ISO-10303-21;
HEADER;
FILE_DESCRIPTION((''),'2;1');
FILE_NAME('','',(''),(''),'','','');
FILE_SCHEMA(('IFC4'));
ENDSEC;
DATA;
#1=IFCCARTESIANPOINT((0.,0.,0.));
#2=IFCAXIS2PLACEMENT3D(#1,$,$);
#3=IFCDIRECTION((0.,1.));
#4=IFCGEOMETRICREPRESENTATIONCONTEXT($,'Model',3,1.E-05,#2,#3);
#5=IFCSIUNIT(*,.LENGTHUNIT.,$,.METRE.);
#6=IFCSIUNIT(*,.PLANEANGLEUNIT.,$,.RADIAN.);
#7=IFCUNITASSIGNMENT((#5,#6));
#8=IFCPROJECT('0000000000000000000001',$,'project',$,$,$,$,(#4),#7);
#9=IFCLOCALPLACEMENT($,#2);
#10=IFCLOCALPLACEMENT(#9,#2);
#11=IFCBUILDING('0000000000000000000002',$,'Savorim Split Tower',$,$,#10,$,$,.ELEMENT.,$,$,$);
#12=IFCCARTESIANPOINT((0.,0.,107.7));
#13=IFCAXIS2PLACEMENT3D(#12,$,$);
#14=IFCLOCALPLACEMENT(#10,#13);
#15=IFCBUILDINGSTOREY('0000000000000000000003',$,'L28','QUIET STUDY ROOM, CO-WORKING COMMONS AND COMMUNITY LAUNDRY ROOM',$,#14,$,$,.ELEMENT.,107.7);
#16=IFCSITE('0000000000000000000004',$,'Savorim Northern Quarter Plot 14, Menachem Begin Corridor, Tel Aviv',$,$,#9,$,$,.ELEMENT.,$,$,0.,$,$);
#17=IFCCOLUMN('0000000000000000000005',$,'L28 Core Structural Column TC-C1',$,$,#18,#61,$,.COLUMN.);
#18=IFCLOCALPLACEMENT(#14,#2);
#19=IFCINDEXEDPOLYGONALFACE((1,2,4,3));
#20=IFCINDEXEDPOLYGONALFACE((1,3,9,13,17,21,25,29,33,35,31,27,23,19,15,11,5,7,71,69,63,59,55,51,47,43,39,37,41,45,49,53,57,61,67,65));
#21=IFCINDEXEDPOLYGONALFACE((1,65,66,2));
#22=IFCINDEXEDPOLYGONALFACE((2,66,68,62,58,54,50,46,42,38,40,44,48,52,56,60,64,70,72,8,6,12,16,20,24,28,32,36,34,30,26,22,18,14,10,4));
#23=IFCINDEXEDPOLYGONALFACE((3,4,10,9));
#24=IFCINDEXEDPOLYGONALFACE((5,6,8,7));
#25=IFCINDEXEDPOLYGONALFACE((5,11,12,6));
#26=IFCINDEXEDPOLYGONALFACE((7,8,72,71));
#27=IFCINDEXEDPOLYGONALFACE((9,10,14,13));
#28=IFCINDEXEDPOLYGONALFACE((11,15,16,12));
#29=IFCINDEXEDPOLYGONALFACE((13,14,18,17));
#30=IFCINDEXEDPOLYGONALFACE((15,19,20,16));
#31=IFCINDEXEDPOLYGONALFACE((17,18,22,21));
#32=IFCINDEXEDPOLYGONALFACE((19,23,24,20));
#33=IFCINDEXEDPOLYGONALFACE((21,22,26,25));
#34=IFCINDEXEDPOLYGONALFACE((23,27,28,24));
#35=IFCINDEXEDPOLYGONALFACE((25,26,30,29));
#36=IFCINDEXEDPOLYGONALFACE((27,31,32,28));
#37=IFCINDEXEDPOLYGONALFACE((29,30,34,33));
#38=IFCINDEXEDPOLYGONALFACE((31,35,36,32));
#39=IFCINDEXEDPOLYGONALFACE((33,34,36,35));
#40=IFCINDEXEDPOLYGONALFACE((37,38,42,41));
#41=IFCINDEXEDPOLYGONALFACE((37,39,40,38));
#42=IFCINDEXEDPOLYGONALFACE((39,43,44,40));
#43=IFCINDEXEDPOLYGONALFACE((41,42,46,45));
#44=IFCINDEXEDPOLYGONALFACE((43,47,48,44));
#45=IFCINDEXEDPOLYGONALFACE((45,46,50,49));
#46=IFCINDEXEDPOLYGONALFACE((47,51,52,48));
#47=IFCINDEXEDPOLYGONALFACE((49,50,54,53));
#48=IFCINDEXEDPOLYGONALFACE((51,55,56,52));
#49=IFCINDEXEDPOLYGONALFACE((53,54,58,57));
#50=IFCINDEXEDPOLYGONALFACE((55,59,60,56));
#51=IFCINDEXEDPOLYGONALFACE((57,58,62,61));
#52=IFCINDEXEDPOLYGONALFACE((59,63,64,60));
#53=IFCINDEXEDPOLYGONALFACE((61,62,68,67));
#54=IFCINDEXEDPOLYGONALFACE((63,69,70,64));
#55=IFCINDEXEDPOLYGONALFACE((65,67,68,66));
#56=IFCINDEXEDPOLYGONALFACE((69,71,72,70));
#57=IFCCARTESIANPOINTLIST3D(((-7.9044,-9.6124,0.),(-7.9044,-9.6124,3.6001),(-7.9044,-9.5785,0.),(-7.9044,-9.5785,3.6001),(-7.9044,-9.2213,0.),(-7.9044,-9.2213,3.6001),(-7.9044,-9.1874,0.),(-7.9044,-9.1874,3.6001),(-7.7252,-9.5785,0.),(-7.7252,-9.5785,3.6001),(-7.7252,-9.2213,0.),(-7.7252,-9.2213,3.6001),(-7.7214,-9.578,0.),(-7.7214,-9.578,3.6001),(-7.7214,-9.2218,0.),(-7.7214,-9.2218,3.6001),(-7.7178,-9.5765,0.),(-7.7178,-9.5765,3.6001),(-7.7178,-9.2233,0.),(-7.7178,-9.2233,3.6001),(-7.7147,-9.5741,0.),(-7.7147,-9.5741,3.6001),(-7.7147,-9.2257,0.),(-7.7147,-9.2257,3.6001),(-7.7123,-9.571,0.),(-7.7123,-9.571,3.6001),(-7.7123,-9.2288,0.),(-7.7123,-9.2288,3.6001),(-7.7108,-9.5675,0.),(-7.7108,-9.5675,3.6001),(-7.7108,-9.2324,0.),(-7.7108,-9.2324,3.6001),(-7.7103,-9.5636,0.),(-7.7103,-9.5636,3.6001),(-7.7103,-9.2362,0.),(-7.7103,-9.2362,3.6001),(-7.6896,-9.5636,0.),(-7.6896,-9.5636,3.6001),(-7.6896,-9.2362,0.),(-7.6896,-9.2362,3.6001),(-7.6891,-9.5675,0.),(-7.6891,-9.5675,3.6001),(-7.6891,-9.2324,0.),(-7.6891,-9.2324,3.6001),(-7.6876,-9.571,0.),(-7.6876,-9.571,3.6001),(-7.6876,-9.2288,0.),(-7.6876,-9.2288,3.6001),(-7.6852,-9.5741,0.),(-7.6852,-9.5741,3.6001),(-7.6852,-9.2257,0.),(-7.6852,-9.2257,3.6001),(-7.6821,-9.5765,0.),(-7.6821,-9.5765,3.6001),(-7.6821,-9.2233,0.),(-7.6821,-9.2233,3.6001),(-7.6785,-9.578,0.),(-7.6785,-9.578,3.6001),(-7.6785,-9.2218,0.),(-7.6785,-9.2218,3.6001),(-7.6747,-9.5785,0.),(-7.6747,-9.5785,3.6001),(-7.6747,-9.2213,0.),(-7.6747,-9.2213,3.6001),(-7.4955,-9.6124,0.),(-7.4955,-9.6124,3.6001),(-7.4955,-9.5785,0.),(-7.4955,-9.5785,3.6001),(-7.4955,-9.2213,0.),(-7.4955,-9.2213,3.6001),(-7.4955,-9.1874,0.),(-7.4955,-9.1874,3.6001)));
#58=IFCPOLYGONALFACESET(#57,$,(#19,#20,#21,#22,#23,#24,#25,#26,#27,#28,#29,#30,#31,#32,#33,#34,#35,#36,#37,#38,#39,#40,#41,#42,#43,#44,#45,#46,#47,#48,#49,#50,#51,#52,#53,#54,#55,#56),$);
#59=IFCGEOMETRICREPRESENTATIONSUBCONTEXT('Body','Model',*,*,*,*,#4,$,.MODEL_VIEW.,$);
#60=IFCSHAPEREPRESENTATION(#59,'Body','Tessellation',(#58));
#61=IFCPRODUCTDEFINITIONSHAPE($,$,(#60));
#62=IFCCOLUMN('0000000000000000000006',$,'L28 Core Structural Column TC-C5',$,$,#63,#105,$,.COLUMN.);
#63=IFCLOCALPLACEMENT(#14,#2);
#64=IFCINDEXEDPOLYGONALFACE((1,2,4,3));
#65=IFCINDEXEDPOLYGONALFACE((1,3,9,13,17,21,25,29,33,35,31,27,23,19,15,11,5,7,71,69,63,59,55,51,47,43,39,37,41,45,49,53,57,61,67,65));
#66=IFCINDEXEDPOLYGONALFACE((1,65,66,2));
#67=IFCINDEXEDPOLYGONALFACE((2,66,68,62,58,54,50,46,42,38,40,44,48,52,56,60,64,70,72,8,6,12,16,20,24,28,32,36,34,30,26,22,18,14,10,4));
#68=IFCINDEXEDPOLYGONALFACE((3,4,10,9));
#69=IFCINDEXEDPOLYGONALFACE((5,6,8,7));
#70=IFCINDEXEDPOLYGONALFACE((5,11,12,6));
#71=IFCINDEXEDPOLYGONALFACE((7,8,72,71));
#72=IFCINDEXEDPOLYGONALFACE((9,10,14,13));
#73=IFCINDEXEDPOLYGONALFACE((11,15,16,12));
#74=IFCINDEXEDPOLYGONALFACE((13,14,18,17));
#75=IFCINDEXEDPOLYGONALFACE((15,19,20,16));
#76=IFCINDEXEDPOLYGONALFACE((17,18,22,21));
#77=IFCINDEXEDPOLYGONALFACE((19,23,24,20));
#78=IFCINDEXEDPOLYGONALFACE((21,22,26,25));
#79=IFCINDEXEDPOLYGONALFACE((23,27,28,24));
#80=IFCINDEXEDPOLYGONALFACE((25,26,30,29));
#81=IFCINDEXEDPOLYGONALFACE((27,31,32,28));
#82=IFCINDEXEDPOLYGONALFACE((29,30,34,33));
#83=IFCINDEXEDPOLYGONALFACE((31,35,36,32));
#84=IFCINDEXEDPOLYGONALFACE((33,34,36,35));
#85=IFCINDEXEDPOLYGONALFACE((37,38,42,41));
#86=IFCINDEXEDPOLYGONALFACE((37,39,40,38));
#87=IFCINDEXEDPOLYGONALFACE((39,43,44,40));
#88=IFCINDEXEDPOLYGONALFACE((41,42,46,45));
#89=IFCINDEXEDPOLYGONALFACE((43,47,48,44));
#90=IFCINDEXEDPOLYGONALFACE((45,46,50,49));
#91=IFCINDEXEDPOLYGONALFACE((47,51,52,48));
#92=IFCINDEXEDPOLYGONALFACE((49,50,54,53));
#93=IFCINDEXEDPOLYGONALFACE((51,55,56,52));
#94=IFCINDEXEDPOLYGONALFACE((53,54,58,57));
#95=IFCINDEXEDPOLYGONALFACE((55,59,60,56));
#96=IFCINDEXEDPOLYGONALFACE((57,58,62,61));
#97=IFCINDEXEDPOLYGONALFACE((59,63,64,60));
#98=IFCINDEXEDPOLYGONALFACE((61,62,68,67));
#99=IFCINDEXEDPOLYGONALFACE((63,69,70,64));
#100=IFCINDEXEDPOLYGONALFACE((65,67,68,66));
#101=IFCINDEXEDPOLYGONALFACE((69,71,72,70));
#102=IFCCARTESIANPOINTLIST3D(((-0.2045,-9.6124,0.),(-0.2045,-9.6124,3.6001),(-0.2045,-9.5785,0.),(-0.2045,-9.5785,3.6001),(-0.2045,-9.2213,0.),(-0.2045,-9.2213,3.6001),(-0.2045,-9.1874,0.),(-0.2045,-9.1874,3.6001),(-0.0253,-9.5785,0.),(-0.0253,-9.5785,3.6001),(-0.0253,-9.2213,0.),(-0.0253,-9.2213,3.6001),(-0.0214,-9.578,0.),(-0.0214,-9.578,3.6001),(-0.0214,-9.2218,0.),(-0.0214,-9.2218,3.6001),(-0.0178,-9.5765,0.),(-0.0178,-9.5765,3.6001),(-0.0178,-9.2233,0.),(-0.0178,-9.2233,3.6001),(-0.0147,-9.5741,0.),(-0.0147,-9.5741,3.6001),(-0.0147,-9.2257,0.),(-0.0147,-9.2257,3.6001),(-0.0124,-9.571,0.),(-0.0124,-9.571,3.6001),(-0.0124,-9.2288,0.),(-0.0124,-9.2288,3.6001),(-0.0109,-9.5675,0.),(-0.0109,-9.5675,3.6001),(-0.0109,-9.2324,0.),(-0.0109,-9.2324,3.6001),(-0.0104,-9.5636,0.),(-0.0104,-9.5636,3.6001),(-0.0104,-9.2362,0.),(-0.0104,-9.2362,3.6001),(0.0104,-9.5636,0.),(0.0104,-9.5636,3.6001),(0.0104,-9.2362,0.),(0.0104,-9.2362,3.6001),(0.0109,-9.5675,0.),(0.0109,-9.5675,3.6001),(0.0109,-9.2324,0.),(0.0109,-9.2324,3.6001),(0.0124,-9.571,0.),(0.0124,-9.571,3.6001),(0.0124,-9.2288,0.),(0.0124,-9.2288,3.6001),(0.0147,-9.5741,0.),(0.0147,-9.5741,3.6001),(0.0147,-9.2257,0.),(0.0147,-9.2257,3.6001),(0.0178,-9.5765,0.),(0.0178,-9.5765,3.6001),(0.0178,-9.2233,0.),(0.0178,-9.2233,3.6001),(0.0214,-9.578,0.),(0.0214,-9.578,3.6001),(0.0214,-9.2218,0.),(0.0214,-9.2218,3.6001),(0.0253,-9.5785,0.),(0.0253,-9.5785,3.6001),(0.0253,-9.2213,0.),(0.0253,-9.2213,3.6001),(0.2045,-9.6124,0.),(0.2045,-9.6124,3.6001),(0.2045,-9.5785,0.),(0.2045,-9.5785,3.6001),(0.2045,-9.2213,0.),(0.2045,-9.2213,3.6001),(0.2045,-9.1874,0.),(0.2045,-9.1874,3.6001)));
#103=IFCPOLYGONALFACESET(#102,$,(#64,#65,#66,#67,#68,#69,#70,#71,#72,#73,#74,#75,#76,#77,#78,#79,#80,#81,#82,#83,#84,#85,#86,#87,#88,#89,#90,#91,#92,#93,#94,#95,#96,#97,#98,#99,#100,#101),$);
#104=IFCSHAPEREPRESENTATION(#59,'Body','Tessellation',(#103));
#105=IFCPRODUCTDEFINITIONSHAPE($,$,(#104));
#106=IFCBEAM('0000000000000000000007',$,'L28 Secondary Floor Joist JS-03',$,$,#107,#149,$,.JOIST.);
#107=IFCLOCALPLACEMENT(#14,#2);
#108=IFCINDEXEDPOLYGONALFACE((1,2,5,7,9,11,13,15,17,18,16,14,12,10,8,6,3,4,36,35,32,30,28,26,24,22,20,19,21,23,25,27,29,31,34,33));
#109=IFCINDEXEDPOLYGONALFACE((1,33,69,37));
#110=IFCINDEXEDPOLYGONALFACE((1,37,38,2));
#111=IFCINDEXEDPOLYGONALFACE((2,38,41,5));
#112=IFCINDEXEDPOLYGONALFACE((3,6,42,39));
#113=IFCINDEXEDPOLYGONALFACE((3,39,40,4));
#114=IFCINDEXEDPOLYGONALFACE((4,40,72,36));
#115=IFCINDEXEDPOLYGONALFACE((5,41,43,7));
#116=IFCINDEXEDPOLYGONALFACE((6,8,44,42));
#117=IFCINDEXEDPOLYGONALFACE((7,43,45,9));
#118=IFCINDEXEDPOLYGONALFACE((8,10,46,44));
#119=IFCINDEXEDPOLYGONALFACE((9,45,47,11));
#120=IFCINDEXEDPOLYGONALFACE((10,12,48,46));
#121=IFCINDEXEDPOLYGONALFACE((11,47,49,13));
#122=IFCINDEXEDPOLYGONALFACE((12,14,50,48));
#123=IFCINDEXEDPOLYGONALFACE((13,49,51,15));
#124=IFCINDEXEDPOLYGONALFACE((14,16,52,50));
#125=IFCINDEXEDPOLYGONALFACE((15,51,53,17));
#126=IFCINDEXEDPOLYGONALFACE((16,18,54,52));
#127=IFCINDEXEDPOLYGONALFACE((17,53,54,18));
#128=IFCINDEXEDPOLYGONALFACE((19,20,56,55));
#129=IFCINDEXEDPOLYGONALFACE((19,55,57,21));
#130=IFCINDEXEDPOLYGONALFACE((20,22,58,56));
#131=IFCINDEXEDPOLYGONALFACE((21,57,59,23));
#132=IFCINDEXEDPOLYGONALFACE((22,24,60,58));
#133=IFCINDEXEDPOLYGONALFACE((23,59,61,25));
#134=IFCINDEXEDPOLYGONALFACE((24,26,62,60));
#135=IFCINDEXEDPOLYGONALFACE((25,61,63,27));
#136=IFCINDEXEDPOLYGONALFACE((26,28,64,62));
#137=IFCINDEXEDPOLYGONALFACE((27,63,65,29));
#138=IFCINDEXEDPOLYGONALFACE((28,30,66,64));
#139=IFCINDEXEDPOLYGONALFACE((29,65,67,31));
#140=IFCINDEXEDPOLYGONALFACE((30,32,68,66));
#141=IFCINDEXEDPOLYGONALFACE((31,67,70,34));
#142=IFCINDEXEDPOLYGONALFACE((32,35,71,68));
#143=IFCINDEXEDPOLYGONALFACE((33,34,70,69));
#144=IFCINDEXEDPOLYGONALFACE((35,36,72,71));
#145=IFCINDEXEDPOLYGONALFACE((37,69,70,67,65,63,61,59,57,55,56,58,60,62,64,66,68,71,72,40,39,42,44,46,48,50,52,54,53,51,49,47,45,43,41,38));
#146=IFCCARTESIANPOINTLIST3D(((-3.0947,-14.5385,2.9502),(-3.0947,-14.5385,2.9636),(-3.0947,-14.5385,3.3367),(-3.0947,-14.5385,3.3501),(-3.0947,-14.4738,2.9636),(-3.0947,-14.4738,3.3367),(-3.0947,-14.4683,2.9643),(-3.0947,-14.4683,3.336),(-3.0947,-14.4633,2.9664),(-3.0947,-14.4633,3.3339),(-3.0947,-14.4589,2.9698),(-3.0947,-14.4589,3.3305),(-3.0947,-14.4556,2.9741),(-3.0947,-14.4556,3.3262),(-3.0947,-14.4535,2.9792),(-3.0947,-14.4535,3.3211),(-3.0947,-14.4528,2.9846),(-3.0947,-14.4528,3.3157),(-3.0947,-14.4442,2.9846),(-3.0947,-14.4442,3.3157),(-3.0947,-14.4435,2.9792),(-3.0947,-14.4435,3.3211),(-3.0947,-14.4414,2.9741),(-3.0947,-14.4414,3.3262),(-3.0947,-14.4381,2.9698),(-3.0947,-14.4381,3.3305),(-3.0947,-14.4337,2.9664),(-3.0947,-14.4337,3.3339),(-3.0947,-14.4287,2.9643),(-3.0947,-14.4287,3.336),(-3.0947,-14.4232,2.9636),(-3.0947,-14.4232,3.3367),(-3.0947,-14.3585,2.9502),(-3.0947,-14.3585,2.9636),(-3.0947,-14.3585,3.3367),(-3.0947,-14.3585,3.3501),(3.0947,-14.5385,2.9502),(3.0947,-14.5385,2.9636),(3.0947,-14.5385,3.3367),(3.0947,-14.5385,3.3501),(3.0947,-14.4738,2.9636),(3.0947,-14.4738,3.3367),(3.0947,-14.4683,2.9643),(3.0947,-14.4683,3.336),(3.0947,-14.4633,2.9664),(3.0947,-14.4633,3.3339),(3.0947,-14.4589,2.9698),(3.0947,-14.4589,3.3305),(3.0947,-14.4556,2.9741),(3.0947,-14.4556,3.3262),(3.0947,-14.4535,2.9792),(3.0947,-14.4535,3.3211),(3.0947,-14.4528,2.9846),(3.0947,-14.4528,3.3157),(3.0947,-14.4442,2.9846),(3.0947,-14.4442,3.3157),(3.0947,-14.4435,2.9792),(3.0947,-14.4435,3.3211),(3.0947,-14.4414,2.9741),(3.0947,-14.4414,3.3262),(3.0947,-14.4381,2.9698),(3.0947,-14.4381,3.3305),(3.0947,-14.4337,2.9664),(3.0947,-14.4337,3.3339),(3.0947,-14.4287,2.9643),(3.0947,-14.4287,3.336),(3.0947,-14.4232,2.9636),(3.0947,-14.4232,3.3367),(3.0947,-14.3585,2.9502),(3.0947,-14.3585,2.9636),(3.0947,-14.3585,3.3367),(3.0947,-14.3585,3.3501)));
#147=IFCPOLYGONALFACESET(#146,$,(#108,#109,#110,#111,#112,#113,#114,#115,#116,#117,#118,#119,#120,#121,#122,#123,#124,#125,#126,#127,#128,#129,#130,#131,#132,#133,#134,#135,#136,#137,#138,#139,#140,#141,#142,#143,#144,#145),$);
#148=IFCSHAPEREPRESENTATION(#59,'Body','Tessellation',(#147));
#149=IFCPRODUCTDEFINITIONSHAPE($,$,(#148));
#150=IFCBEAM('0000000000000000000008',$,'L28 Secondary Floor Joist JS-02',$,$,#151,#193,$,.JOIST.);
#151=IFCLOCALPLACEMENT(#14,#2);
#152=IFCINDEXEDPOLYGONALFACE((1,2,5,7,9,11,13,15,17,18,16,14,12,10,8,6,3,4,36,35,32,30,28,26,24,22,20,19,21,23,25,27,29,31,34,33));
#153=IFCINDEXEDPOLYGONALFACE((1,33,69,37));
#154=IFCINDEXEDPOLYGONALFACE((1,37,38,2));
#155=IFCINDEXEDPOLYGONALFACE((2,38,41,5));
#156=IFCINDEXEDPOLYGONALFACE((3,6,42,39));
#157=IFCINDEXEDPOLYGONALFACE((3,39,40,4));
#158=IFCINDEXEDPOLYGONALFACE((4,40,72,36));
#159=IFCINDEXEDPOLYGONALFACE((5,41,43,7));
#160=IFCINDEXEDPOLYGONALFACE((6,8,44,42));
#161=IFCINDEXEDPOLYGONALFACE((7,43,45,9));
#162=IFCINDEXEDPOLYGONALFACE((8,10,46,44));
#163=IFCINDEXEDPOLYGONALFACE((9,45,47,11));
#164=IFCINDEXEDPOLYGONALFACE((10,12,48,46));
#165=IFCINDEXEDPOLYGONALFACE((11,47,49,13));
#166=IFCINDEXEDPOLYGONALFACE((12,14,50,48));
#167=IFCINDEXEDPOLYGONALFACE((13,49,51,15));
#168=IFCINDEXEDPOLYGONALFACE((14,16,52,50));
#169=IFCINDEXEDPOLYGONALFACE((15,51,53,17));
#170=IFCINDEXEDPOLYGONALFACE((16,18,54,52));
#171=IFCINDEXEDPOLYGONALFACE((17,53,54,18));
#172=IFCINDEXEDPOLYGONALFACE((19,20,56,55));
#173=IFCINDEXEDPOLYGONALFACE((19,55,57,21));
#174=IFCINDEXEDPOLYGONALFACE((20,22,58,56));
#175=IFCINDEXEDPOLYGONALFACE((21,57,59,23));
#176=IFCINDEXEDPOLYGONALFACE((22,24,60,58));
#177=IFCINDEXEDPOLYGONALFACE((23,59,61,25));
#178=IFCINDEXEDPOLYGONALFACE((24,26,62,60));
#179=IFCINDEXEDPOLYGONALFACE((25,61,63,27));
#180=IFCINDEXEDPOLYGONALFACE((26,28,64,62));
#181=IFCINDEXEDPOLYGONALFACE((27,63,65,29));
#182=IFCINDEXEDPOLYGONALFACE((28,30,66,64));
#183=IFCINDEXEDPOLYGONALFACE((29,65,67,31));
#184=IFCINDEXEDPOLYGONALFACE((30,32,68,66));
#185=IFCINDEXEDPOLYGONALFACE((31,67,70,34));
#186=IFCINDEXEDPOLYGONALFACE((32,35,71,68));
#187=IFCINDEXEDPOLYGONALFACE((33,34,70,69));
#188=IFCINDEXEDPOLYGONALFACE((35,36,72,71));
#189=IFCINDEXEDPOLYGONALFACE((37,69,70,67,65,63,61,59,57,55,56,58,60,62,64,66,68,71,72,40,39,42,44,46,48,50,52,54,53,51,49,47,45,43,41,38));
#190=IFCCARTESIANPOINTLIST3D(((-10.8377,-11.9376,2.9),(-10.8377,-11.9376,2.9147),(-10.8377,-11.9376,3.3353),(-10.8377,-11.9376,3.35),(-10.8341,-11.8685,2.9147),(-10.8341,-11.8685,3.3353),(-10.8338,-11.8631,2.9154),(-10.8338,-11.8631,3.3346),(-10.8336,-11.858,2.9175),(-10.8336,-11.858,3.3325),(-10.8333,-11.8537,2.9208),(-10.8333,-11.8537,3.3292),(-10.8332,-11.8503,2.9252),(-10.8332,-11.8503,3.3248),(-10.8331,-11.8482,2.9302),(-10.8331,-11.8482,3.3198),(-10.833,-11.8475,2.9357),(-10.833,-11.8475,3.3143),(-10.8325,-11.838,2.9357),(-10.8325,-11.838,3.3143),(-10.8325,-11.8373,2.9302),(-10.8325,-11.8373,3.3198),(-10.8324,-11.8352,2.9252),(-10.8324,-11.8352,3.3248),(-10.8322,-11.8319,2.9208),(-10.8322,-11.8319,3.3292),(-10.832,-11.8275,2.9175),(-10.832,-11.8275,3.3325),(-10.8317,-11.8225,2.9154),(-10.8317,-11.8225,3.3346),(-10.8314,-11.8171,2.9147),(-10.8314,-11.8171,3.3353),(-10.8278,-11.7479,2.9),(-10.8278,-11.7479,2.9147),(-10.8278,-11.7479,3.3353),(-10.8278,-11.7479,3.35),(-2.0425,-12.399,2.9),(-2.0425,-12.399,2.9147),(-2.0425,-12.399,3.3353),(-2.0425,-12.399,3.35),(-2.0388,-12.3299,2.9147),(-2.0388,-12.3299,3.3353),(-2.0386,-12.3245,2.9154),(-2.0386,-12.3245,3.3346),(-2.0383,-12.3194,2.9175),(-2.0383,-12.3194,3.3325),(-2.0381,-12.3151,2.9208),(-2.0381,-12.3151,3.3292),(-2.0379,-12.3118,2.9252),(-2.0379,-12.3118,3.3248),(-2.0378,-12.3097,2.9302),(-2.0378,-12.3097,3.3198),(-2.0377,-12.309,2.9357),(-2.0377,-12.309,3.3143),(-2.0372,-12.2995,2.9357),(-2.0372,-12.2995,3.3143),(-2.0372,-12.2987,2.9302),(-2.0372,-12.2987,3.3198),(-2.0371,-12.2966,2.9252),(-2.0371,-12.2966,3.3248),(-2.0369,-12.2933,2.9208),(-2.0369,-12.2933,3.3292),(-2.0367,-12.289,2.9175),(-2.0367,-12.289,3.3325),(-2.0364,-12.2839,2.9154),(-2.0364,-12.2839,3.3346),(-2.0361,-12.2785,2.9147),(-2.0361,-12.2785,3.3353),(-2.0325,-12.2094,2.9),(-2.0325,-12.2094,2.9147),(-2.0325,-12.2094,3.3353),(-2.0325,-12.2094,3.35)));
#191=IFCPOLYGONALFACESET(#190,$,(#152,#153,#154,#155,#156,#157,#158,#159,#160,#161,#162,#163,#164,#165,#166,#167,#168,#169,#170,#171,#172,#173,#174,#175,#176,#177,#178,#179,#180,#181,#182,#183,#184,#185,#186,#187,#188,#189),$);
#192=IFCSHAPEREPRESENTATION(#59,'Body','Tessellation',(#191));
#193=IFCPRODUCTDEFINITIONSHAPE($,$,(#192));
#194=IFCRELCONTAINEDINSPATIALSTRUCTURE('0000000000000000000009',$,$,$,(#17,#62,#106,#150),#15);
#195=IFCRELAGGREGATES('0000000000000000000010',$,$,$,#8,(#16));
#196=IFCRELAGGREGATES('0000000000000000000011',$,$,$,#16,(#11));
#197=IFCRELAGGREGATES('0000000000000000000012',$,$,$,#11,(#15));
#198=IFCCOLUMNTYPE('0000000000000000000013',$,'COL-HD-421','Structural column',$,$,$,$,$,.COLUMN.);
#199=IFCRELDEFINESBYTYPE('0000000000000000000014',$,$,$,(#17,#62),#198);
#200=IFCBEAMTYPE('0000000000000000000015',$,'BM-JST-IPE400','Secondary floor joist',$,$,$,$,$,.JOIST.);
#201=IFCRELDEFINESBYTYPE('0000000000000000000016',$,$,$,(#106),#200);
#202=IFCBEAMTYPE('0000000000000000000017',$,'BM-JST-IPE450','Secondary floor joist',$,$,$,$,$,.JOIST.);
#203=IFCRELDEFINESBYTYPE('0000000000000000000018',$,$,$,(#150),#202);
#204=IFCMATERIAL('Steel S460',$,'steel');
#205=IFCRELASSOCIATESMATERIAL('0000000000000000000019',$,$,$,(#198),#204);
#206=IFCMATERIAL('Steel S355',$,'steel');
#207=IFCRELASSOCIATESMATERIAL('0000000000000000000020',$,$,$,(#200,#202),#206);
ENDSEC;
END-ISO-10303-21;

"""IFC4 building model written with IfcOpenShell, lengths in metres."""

from ifc_helpers import new_model, si_unit, direction, frame, origin, origin_2d, place, context, subcontext, project, spatial, i_section, extrude, material, material_profile, profile_set, type_object, element, save


model = new_model("IFC4")

# Units and contexts
model_context = context("Model", 3, precision=1e-05, world=origin(), true_north=direction((0.0, 1.0)))
body_context = subcontext(model_context, "Body", "Model", "MODEL_VIEW")
ifc_project = project(units=[si_unit("LENGTHUNIT", "METRE"), si_unit("PLANEANGLEUNIT", "RADIAN")], contexts=[model_context])

# Site, building, storey
site_placement = place(None, origin())
site = spatial("IfcSite", under=ifc_project, at=site_placement, Name="Savorim Northern Quarter Plot 14, Menachem Begin Corridor, Tel Aviv", CompositionType="ELEMENT", RefElevation=0.0)
building_placement = place(site_placement, origin())
building = spatial("IfcBuilding", under=site, at=building_placement, Name="Savorim Split Tower", CompositionType="ELEMENT")
storey_placement = place(building_placement, frame((0.0, 0.0, 107.7)))
storey = spatial("IfcBuildingStorey", under=building, at=storey_placement, Name="L28", Description="QUIET STUDY ROOM, CO-WORKING COMMONS AND COMMUNITY LAUNDRY ROOM", CompositionType="ELEMENT", Elevation=107.7)

# Columns
ifc_material_1 = material(Name="Steel S460", Category="steel")
ifc_material_profile_1 = material_profile(ifc_material_1, i_section(OverallWidth=0.4089, OverallDepth=0.425, WebThickness=0.0208, FlangeThickness=0.0339, FilletRadius=0.0149, at=origin_2d()), Name="HD 400x421")
ifc_profile_set_1 = profile_set([ifc_material_profile_1], Name="Steel S460")
column_type = type_object("IfcColumnType", Name="COL-HD-421", Description="Structural column", PredefinedType="COLUMN", material=ifc_profile_set_1)
for number, where, z_axis, x_axis, name in (
    (1, (-7.7, -9.3999, 0.0), (0.0, 0.0, 1.0), (1.0, 0.0, 0.0), "L28 Core Structural Column TC-C1"),
    (2, (0.0, -9.3999, 0.0), (0.0, 0.0, 1.0), (1.0, 0.0, 0.0), "L28 Core Structural Column TC-C5"),
):
    element("IfcColumn", number, at=place(storey_placement, frame(where, z_axis=z_axis, x_axis=x_axis)), inside=storey, type_object=column_type, Name=name, PredefinedType="COLUMN", context=body_context, shape_type="SweptSolid", body=[
        extrude(i_section(OverallWidth=0.4089, OverallDepth=0.425, WebThickness=0.0208, FlangeThickness=0.0339, FilletRadius=0.0149, at=origin_2d()), origin(), (0.0, 0.0, 1.0), 3.6001),
    ])

# Beams
ifc_material_2 = material(Name="Steel S355", Category="steel")
ifc_material_profile_2 = material_profile(ifc_material_2, i_section(OverallWidth=0.1799, OverallDepth=0.3999, WebThickness=0.0085, FlangeThickness=0.0134, FilletRadius=0.021, at=origin_2d()), Name="IPE 400")
ifc_profile_set_2 = profile_set([ifc_material_profile_2], Name="Steel S355")
beam_type_1 = type_object("IfcBeamType", Name="BM-JST-IPE400", Description="Secondary floor joist", PredefinedType="JOIST", material=ifc_profile_set_2)
beam_1_placement = place(storey_placement, frame((-3.0947, -14.4485, 3.1501), z_axis=(1.0, 0.0, 0.0), x_axis=(0.0, 1.0, 0.0)))
element("IfcBeam", 3, at=beam_1_placement, inside=storey, type_object=beam_type_1, Name="L28 Secondary Floor Joist JS-03", PredefinedType="JOIST", context=body_context, shape_type="SweptSolid", body=[
    extrude(i_section(OverallWidth=0.1799, OverallDepth=0.3999, WebThickness=0.0085, FlangeThickness=0.0134, FilletRadius=0.021, at=origin_2d()), origin(), (0.0, 0.0, 1.0), 6.1895),
])
ifc_material_profile_3 = material_profile(ifc_material_2, i_section(OverallWidth=0.1899, OverallDepth=0.45, WebThickness=0.0095, FlangeThickness=0.0146, FilletRadius=0.021, at=origin_2d()), Name="IPE 450")
ifc_profile_set_3 = profile_set([ifc_material_profile_3], Name="Steel S355")
beam_type_2 = type_object("IfcBeamType", Name="BM-JST-IPE450", Description="Secondary floor joist", PredefinedType="JOIST", material=ifc_profile_set_3)
beam_2_placement = place(storey_placement, frame((-10.8328, -11.8428, 3.125), z_axis=(0.998627, -0.052392, 0.0), x_axis=(0.052392, 0.998627, 0.0)))
element("IfcBeam", 4, at=beam_2_placement, inside=storey, type_object=beam_type_2, Name="L28 Secondary Floor Joist JS-02", PredefinedType="JOIST", context=body_context, shape_type="SweptSolid", body=[
    extrude(i_section(OverallWidth=0.1899, OverallDepth=0.45, WebThickness=0.0095, FlangeThickness=0.0146, FilletRadius=0.021, at=origin_2d()), origin(), (0.0, 0.0, 1.0), 8.8074),
])

save(model, "model.ifc")
